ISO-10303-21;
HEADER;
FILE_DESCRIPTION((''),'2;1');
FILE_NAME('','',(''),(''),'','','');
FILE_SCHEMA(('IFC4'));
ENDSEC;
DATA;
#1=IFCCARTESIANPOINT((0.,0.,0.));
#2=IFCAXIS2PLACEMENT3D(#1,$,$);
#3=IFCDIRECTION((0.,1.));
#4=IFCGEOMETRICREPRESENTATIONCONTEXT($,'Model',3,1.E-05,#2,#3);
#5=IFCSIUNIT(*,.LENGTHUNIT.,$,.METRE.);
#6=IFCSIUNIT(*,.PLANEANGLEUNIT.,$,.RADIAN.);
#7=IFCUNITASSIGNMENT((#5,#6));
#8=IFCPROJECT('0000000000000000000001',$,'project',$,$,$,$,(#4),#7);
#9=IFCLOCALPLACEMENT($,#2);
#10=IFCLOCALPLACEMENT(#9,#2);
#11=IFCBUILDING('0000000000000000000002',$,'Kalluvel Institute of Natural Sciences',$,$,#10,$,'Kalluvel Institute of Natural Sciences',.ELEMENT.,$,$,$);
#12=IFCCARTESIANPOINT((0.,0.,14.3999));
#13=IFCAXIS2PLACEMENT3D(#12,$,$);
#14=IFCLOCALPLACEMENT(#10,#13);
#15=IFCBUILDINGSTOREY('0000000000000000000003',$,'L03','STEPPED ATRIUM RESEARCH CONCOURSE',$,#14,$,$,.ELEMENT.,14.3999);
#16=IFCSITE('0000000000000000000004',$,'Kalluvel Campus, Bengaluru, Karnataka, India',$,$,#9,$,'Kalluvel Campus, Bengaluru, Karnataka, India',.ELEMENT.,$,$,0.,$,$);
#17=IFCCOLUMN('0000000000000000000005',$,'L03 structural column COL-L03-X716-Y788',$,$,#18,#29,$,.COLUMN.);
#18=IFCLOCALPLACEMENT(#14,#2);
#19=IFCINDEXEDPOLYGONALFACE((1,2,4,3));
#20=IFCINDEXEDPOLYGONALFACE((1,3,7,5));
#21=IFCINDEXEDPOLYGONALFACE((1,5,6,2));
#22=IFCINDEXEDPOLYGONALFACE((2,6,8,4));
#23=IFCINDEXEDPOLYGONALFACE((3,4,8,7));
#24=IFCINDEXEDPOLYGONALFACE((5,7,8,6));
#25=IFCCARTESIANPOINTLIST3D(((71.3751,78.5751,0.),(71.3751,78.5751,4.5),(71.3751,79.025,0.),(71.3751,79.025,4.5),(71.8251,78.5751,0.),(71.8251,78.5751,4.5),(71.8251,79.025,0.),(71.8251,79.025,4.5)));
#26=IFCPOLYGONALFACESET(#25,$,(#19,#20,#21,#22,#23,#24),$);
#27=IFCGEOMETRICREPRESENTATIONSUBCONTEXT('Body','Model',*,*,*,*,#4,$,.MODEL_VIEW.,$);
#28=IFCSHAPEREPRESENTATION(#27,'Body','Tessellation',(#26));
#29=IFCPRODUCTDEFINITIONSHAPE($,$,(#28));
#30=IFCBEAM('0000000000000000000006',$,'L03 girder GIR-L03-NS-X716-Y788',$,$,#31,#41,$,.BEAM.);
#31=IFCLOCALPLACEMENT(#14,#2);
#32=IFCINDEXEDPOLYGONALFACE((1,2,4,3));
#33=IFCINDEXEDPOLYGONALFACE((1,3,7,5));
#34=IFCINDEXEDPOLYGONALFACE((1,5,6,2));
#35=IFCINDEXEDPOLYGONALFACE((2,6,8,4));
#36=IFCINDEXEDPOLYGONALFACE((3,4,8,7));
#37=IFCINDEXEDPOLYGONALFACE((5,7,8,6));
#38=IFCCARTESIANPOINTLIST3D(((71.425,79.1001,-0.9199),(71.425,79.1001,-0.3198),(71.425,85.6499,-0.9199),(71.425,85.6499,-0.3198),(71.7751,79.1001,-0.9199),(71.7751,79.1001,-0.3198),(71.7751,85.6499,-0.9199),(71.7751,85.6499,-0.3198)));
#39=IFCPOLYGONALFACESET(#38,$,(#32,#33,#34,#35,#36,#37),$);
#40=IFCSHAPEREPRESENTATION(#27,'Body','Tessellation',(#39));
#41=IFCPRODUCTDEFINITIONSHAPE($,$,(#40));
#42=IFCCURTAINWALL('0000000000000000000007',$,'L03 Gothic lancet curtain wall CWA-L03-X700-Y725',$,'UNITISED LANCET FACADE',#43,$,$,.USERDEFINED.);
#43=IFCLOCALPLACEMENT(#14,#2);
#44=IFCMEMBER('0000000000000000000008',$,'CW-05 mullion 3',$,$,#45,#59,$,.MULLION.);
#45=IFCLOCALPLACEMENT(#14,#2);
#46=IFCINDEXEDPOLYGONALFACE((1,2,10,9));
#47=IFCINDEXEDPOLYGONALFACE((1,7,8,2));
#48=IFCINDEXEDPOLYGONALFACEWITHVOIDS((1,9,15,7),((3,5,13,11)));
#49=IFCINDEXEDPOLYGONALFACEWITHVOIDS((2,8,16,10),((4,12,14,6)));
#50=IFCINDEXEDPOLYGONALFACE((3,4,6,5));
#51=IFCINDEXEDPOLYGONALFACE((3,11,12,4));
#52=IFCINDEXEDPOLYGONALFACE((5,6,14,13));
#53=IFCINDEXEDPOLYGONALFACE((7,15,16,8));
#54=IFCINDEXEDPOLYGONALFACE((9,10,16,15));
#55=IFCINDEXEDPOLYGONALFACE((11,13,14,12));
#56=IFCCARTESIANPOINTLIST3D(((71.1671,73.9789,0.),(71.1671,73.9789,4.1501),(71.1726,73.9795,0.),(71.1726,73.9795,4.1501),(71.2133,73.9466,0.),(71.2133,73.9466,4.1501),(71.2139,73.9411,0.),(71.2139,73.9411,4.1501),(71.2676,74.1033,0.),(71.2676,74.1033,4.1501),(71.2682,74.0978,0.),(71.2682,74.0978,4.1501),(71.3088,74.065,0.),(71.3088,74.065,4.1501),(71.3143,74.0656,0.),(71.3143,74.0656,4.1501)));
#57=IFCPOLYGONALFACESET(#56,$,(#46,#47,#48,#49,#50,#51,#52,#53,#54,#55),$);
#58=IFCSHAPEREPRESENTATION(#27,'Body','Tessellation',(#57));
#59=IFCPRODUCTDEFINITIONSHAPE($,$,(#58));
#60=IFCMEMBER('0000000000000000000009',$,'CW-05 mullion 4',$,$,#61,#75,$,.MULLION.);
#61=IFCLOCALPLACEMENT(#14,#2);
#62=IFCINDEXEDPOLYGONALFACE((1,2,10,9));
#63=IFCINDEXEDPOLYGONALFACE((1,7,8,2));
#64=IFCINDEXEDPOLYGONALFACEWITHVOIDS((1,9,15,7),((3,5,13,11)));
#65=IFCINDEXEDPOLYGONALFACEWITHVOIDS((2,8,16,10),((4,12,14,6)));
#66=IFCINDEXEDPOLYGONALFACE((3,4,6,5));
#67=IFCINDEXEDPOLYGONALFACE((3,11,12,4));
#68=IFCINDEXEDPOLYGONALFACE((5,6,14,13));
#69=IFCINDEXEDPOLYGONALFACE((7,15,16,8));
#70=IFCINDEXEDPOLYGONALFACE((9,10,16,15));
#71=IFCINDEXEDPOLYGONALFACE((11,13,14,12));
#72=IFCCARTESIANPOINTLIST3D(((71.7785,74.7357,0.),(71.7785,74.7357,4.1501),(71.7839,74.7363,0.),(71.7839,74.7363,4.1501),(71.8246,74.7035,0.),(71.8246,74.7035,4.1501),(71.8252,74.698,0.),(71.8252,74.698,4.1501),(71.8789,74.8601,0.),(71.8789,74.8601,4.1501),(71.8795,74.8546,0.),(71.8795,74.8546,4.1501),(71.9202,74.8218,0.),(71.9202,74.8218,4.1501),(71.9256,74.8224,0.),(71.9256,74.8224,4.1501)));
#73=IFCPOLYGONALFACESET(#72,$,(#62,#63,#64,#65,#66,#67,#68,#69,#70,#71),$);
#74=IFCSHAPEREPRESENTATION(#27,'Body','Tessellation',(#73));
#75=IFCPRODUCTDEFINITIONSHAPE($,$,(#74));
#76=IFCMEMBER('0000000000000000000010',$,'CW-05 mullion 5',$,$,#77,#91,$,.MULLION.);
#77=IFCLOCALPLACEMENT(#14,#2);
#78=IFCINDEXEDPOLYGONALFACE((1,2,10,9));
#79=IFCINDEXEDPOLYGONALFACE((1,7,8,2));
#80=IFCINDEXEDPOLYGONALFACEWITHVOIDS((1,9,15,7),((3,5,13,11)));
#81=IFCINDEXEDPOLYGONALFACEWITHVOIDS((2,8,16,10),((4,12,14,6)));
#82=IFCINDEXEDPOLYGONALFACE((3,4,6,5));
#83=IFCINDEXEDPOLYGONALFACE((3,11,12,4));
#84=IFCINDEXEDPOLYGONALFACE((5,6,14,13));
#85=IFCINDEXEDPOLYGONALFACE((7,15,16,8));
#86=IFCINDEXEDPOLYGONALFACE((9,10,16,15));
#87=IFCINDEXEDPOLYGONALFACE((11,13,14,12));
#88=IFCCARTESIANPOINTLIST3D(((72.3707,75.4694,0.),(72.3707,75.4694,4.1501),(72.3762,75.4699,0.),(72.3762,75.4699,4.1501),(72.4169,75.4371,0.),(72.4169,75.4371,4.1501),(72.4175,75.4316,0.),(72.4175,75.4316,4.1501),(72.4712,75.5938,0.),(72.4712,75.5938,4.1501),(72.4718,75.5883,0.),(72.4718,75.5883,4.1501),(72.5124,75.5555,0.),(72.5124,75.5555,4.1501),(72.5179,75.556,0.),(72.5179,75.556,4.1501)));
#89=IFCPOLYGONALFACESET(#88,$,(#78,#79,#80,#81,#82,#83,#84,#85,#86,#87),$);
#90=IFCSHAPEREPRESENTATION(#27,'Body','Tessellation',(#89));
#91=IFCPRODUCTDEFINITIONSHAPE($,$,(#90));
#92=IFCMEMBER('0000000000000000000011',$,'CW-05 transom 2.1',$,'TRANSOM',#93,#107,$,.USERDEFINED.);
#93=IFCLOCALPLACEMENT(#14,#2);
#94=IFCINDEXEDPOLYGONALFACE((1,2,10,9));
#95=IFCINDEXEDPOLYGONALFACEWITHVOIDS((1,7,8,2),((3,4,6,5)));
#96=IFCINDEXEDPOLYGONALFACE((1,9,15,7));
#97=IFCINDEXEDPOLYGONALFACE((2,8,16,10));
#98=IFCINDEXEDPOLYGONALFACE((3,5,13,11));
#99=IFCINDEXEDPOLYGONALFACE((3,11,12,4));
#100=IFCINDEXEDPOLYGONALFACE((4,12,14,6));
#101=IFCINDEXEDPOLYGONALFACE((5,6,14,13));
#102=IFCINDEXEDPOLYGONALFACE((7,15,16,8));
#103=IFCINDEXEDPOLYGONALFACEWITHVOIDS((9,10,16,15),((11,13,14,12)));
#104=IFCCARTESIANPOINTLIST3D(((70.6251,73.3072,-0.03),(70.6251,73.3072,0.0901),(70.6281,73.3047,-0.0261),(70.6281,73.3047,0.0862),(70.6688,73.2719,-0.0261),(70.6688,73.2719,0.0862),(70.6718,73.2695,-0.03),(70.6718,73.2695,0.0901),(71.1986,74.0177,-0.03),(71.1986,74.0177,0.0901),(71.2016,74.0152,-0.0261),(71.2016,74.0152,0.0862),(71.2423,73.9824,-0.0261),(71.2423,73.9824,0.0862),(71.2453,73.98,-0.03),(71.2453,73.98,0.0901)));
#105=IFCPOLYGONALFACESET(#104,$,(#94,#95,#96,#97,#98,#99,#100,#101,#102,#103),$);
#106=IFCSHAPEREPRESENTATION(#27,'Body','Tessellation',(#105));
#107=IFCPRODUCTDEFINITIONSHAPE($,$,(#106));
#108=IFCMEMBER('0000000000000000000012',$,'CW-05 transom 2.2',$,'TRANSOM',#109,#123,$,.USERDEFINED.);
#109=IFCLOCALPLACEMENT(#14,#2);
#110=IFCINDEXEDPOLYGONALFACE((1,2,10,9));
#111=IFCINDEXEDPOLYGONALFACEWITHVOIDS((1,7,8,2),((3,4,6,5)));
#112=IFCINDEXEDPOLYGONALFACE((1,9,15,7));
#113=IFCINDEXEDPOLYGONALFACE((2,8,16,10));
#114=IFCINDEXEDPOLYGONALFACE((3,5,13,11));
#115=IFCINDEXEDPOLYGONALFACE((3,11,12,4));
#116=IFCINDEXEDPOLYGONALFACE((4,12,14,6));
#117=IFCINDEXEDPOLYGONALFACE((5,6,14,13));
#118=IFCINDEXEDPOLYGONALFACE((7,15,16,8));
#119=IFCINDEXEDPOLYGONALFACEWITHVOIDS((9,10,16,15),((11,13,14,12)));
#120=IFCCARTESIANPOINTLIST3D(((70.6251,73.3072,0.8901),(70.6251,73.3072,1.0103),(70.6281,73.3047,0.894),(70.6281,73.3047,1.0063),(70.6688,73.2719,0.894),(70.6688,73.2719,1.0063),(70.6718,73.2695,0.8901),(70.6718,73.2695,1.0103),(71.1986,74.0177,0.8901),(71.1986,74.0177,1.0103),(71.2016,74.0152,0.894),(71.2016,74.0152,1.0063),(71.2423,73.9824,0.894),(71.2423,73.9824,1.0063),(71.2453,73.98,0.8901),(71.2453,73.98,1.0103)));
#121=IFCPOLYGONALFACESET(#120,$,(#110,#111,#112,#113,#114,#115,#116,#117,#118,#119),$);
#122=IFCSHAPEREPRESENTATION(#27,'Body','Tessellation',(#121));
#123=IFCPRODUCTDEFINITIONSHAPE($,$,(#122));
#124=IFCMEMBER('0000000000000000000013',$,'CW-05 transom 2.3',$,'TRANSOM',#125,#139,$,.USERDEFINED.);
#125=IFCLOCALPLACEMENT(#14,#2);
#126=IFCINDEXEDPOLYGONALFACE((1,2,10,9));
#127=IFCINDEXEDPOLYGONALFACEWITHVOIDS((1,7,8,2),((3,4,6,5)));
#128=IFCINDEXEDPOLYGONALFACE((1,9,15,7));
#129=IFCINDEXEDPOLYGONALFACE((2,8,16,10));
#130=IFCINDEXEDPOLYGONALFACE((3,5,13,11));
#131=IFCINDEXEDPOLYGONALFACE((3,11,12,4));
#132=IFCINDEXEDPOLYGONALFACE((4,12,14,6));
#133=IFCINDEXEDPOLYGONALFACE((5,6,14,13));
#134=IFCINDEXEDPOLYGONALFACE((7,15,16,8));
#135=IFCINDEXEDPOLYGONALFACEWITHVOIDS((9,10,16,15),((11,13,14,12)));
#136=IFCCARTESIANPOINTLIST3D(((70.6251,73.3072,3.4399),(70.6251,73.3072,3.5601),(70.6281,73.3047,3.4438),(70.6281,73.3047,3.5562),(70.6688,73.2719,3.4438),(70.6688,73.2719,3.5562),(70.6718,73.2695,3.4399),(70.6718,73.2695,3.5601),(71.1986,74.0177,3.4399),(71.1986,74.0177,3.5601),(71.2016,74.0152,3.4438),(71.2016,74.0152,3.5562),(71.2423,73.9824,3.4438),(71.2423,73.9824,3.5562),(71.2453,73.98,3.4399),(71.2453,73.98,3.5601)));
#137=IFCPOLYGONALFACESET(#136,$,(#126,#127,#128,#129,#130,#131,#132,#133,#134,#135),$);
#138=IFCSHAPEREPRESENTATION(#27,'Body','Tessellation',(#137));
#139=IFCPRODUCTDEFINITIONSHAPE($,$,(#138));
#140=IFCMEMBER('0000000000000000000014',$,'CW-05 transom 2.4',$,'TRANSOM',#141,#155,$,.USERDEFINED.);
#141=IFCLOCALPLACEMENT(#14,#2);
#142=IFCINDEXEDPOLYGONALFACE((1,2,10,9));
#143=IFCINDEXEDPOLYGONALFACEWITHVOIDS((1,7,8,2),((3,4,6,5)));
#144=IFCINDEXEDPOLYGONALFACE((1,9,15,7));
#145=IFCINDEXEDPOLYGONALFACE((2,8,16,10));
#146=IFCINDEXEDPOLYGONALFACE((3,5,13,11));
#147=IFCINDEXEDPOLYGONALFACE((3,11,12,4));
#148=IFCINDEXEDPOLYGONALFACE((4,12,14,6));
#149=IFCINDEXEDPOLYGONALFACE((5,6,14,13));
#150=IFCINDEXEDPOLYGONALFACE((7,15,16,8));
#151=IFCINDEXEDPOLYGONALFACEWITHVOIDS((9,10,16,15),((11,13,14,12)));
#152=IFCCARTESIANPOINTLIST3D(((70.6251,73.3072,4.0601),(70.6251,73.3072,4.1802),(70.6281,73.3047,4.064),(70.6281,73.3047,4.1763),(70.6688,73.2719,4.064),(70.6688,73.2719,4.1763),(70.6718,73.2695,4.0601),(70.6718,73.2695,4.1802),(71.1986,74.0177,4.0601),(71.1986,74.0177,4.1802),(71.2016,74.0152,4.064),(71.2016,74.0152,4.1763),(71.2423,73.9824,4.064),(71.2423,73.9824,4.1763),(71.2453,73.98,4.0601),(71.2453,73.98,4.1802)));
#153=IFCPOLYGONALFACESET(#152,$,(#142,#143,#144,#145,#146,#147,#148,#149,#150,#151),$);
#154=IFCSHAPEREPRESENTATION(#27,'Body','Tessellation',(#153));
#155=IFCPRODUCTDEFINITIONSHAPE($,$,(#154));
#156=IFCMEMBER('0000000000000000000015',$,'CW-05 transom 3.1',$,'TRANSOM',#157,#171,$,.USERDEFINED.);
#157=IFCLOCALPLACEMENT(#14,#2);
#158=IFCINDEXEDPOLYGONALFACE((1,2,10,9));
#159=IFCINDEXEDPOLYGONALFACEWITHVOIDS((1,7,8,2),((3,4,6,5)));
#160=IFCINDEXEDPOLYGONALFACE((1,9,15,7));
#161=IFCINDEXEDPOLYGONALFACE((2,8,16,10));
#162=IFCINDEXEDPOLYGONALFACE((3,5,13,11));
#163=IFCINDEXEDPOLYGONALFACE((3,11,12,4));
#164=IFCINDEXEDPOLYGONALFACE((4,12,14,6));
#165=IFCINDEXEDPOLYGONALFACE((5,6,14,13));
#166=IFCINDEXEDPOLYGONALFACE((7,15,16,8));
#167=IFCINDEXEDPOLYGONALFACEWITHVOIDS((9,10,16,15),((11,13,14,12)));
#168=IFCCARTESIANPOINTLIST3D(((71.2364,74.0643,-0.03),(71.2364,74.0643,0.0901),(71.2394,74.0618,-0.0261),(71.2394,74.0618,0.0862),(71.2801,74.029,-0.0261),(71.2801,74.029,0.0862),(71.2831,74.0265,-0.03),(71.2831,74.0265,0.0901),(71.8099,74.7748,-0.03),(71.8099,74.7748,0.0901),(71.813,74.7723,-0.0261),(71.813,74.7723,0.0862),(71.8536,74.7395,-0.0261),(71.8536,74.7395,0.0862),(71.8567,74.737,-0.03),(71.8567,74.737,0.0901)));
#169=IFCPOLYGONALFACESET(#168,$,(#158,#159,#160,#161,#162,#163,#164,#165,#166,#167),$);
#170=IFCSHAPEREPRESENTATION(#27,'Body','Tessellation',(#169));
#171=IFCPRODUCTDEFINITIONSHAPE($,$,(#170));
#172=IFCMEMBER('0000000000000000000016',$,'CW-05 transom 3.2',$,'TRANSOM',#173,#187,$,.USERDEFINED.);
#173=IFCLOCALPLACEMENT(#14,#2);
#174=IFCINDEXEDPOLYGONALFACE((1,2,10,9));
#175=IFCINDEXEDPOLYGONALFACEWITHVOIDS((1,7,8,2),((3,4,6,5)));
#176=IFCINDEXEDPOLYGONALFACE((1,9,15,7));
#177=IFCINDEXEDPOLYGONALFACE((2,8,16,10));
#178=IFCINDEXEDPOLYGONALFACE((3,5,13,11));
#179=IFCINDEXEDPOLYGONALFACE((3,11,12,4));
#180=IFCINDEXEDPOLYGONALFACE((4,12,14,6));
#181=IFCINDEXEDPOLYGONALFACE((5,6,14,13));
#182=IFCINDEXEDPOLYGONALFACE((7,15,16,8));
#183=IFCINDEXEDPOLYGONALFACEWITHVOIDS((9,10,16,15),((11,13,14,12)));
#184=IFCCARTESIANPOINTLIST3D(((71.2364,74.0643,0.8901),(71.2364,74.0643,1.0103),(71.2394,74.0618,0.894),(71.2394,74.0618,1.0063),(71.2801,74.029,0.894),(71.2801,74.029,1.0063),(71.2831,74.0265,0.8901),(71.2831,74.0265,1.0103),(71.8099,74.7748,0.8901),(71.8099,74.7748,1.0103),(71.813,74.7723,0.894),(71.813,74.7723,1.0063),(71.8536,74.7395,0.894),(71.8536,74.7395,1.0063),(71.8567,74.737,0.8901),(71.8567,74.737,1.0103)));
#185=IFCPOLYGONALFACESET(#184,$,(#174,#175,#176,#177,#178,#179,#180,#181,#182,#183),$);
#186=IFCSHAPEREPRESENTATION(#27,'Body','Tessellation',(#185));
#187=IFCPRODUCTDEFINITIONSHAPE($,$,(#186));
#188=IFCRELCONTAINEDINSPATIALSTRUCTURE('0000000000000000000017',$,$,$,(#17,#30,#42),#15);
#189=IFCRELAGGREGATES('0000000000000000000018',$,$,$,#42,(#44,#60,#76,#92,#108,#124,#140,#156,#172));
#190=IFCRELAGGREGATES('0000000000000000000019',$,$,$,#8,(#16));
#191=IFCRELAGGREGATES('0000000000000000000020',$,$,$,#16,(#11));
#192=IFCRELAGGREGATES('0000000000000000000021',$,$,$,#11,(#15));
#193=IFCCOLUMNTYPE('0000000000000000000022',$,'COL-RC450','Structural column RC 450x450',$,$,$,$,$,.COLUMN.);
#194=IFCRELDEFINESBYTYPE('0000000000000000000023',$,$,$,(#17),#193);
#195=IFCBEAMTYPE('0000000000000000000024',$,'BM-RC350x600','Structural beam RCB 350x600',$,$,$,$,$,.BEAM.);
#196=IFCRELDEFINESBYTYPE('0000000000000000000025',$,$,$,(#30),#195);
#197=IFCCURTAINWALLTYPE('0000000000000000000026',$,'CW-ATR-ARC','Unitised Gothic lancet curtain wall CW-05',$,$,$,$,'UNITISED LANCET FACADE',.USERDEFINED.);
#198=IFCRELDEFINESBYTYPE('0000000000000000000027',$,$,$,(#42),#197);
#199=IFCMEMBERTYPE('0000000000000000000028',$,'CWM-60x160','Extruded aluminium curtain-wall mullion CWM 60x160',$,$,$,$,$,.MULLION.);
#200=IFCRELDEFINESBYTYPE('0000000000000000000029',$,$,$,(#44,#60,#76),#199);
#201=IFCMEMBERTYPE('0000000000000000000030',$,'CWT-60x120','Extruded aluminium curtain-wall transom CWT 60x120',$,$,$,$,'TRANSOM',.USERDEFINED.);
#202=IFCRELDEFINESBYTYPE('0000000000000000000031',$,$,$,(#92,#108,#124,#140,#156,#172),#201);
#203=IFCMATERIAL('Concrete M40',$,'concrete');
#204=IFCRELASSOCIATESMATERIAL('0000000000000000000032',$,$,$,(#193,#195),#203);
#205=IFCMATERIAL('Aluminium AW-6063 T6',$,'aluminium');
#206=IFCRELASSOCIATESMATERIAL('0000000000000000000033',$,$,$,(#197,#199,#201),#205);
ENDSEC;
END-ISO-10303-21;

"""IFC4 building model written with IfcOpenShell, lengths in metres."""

from ifc_helpers import new_model, si_unit, direction, frame, origin, origin_2d, place, context, subcontext, project, spatial, rectangle, hollow_rectangle, extrude, material, material_profile, profile_set, type_object, element, aggregate, save


model = new_model("IFC4")

# Units and contexts
model_context = context("Model", 3, precision=1e-05, world=origin(), true_north=direction((0.0, 1.0)))
body_context = subcontext(model_context, "Body", "Model", "MODEL_VIEW")
ifc_project = project(units=[si_unit("LENGTHUNIT", "METRE"), si_unit("PLANEANGLEUNIT", "RADIAN")], contexts=[model_context])

# Site, building, storey
site_placement = place(None, origin())
site = spatial("IfcSite", under=ifc_project, at=site_placement, Name="Kalluvel Campus, Bengaluru, Karnataka, India", LongName="Kalluvel Campus, Bengaluru, Karnataka, India", CompositionType="ELEMENT", RefElevation=0.0)
building_placement = place(site_placement, origin())
building = spatial("IfcBuilding", under=site, at=building_placement, Name="Kalluvel Institute of Natural Sciences", LongName="Kalluvel Institute of Natural Sciences", CompositionType="ELEMENT")
storey_placement = place(building_placement, frame((0.0, 0.0, 14.3999)))
storey = spatial("IfcBuildingStorey", under=building, at=storey_placement, Name="L03", Description="STEPPED ATRIUM RESEARCH CONCOURSE", CompositionType="ELEMENT", Elevation=14.3999)

# Column
ifc_material_1 = material(Name="Concrete M40", Category="concrete")
ifc_material_profile_1 = material_profile(ifc_material_1, rectangle(XDim=0.45, YDim=0.45, at=origin_2d()), Name="RC 450x450")
ifc_profile_set_1 = profile_set([ifc_material_profile_1], Name="Concrete M40")
column_type = type_object("IfcColumnType", Name="COL-RC450", Description="Structural column RC 450x450", PredefinedType="COLUMN", material=ifc_profile_set_1)
column_placement = place(storey_placement, frame((71.6001, 78.8, 0.0), z_axis=(0.0, 0.0, 1.0), x_axis=(1.0, 0.0, 0.0)))
element("IfcColumn", 1, at=column_placement, inside=storey, type_object=column_type, Name="L03 structural column COL-L03-X716-Y788", PredefinedType="COLUMN", context=body_context, shape_type="SweptSolid", body=[
    extrude(rectangle(XDim=0.45, YDim=0.45, at=origin_2d()), origin(), (0.0, 0.0, 1.0), 4.5),
])

# Beam
ifc_material_profile_2 = material_profile(ifc_material_1, rectangle(XDim=0.3501, YDim=0.6001, at=origin_2d()), Name="RCB 350x600")
ifc_profile_set_2 = profile_set([ifc_material_profile_2], Name="Concrete M40")
beam_type = type_object("IfcBeamType", Name="BM-RC350x600", Description="Structural beam RCB 350x600", PredefinedType="BEAM", material=ifc_profile_set_2)
beam_placement = place(storey_placement, frame((71.6001, 79.1001, -0.6199), z_axis=(0.0, 1.0, 0.0), x_axis=(-1.0, 0.0, 0.0)))
element("IfcBeam", 2, at=beam_placement, inside=storey, type_object=beam_type, Name="L03 girder GIR-L03-NS-X716-Y788", PredefinedType="BEAM", context=body_context, shape_type="SweptSolid", body=[
    extrude(rectangle(XDim=0.3501, YDim=0.6001, at=origin_2d()), origin(), (0.0, 0.0, 1.0), 6.5498),
])

# Curtain wall, members
ifc_material_2 = material(Name="Aluminium AW-6063 T6", Category="aluminium")
curtain_wall_type = type_object("IfcCurtainWallType", Name="CW-ATR-ARC", Description="Unitised Gothic lancet curtain wall CW-05", ElementType="UNITISED LANCET FACADE", PredefinedType="USERDEFINED", material=ifc_material_2)
curtain_wall_placement = place(storey_placement, origin())
curtain_wall = element("IfcCurtainWall", 3, at=curtain_wall_placement, inside=storey, type_object=curtain_wall_type, Name="L03 Gothic lancet curtain wall CWA-L03-X700-Y725", ObjectType="UNITISED LANCET FACADE", PredefinedType="USERDEFINED")
ifc_material_profile_3 = material_profile(ifc_material_2, hollow_rectangle(XDim=0.0601, YDim=0.1599, WallThickness=0.0039, at=origin_2d()), Name="CWM 60x160")
ifc_profile_set_3 = profile_set([ifc_material_profile_3], Name="Aluminium AW-6063 T6")
member_type_1 = type_object("IfcMemberType", Name="CWM-60x160", Description="Extruded aluminium curtain-wall mullion CWM 60x160", PredefinedType="MULLION", material=ifc_profile_set_3)
member_1_placement = place(storey_placement, frame((71.2407, 74.0222, 0.0), z_axis=(0.0, 0.0, 1.0), x_axis=(-0.778028, 0.628229, 0.0)))
member_1 = element("IfcMember", 4, at=member_1_placement, type_object=member_type_1, Name="CW-05 mullion 3", PredefinedType="MULLION", context=body_context, shape_type="SweptSolid", body=[
    extrude(hollow_rectangle(XDim=0.0601, YDim=0.1599, WallThickness=0.0039, at=origin_2d()), origin(), (0.0, 0.0, 1.0), 4.1501),
])
member_2_placement = place(storey_placement, frame((71.8521, 74.7791, 0.0), z_axis=(0.0, 0.0, 1.0), x_axis=(-0.778028, 0.628229, 0.0)))
member_2 = element("IfcMember", 5, at=member_2_placement, type_object=member_type_1, Name="CW-05 mullion 4", PredefinedType="MULLION", context=body_context, shape_type="SweptSolid", body=[
    extrude(hollow_rectangle(XDim=0.0601, YDim=0.1599, WallThickness=0.0039, at=origin_2d()), origin(), (0.0, 0.0, 1.0), 4.1501),
])
member_3_placement = place(storey_placement, frame((72.4443, 75.5127, 0.0), z_axis=(0.0, 0.0, 1.0), x_axis=(-0.778028, 0.628229, 0.0)))
member_3 = element("IfcMember", 6, at=member_3_placement, type_object=member_type_1, Name="CW-05 mullion 5", PredefinedType="MULLION", context=body_context, shape_type="SweptSolid", body=[
    extrude(hollow_rectangle(XDim=0.0601, YDim=0.1599, WallThickness=0.0039, at=origin_2d()), origin(), (0.0, 0.0, 1.0), 4.1501),
])
ifc_material_profile_4 = material_profile(ifc_material_2, hollow_rectangle(XDim=0.0601, YDim=0.1201, WallThickness=0.0039, at=origin_2d()), Name="CWT 60x120")
ifc_profile_set_4 = profile_set([ifc_material_profile_4], Name="Aluminium AW-6063 T6")
member_type_2 = type_object("IfcMemberType", Name="CWT-60x120", Description="Extruded aluminium curtain-wall transom CWT 60x120", ElementType="TRANSOM", PredefinedType="USERDEFINED", material=ifc_profile_set_4)
member_4_placement = place(storey_placement, frame((70.6484, 73.2883, 0.03), z_axis=(0.628113, 0.778122, 0.0), x_axis=(-0.778122, 0.628113, 0.0)))
member_4 = element("IfcMember", 7, at=member_4_placement, type_object=member_type_2, Name="CW-05 transom 2.1", ObjectType="TRANSOM", PredefinedType="USERDEFINED", context=body_context, shape_type="SweptSolid", body=[
    extrude(hollow_rectangle(XDim=0.0601, YDim=0.1201, WallThickness=0.0039, at=origin_2d()), origin(), (0.0, 0.0, 1.0), 0.9131),
])
member_5_placement = place(storey_placement, frame((70.6484, 73.2883, 0.9502), z_axis=(0.628113, 0.778122, 0.0), x_axis=(-0.778122, 0.628113, 0.0)))
member_5 = element("IfcMember", 8, at=member_5_placement, type_object=member_type_2, Name="CW-05 transom 2.2", ObjectType="TRANSOM", PredefinedType="USERDEFINED", context=body_context, shape_type="SweptSolid", body=[
    extrude(hollow_rectangle(XDim=0.0601, YDim=0.1201, WallThickness=0.0039, at=origin_2d()), origin(), (0.0, 0.0, 1.0), 0.9131),
])
member_6_placement = place(storey_placement, frame((70.6484, 73.2883, 3.5), z_axis=(0.628113, 0.778122, 0.0), x_axis=(-0.778122, 0.628113, 0.0)))
member_6 = element("IfcMember", 9, at=member_6_placement, type_object=member_type_2, Name="CW-05 transom 2.3", ObjectType="TRANSOM", PredefinedType="USERDEFINED", context=body_context, shape_type="SweptSolid", body=[
    extrude(hollow_rectangle(XDim=0.0601, YDim=0.1201, WallThickness=0.0039, at=origin_2d()), origin(), (0.0, 0.0, 1.0), 0.9131),
])
member_7_placement = place(storey_placement, frame((70.6484, 73.2883, 4.1201), z_axis=(0.628113, 0.778122, 0.0), x_axis=(-0.778122, 0.628113, 0.0)))
member_7 = element("IfcMember", 10, at=member_7_placement, type_object=member_type_2, Name="CW-05 transom 2.4", ObjectType="TRANSOM", PredefinedType="USERDEFINED", context=body_context, shape_type="SweptSolid", body=[
    extrude(hollow_rectangle(XDim=0.0601, YDim=0.1201, WallThickness=0.0039, at=origin_2d()), origin(), (0.0, 0.0, 1.0), 0.9131),
])
member_8_placement = place(storey_placement, frame((71.2598, 74.0454, 0.03), z_axis=(0.628113, 0.778122, 0.0), x_axis=(-0.778122, 0.628113, 0.0)))
member_8 = element("IfcMember", 11, at=member_8_placement, type_object=member_type_2, Name="CW-05 transom 3.1", ObjectType="TRANSOM", PredefinedType="USERDEFINED", context=body_context, shape_type="SweptSolid", body=[
    extrude(hollow_rectangle(XDim=0.0601, YDim=0.1201, WallThickness=0.0039, at=origin_2d()), origin(), (0.0, 0.0, 1.0), 0.9131),
])
member_9_placement = place(storey_placement, frame((71.2598, 74.0454, 0.9502), z_axis=(0.628113, 0.778122, 0.0), x_axis=(-0.778122, 0.628113, 0.0)))
member_9 = element("IfcMember", 12, at=member_9_placement, type_object=member_type_2, Name="CW-05 transom 3.2", ObjectType="TRANSOM", PredefinedType="USERDEFINED", context=body_context, shape_type="SweptSolid", body=[
    extrude(hollow_rectangle(XDim=0.0601, YDim=0.1201, WallThickness=0.0039, at=origin_2d()), origin(), (0.0, 0.0, 1.0), 0.9131),
])
aggregate(curtain_wall, [member_1, member_2, member_3, member_4, member_5, member_6, member_7, member_8, member_9])

save(model, "model.ifc")
